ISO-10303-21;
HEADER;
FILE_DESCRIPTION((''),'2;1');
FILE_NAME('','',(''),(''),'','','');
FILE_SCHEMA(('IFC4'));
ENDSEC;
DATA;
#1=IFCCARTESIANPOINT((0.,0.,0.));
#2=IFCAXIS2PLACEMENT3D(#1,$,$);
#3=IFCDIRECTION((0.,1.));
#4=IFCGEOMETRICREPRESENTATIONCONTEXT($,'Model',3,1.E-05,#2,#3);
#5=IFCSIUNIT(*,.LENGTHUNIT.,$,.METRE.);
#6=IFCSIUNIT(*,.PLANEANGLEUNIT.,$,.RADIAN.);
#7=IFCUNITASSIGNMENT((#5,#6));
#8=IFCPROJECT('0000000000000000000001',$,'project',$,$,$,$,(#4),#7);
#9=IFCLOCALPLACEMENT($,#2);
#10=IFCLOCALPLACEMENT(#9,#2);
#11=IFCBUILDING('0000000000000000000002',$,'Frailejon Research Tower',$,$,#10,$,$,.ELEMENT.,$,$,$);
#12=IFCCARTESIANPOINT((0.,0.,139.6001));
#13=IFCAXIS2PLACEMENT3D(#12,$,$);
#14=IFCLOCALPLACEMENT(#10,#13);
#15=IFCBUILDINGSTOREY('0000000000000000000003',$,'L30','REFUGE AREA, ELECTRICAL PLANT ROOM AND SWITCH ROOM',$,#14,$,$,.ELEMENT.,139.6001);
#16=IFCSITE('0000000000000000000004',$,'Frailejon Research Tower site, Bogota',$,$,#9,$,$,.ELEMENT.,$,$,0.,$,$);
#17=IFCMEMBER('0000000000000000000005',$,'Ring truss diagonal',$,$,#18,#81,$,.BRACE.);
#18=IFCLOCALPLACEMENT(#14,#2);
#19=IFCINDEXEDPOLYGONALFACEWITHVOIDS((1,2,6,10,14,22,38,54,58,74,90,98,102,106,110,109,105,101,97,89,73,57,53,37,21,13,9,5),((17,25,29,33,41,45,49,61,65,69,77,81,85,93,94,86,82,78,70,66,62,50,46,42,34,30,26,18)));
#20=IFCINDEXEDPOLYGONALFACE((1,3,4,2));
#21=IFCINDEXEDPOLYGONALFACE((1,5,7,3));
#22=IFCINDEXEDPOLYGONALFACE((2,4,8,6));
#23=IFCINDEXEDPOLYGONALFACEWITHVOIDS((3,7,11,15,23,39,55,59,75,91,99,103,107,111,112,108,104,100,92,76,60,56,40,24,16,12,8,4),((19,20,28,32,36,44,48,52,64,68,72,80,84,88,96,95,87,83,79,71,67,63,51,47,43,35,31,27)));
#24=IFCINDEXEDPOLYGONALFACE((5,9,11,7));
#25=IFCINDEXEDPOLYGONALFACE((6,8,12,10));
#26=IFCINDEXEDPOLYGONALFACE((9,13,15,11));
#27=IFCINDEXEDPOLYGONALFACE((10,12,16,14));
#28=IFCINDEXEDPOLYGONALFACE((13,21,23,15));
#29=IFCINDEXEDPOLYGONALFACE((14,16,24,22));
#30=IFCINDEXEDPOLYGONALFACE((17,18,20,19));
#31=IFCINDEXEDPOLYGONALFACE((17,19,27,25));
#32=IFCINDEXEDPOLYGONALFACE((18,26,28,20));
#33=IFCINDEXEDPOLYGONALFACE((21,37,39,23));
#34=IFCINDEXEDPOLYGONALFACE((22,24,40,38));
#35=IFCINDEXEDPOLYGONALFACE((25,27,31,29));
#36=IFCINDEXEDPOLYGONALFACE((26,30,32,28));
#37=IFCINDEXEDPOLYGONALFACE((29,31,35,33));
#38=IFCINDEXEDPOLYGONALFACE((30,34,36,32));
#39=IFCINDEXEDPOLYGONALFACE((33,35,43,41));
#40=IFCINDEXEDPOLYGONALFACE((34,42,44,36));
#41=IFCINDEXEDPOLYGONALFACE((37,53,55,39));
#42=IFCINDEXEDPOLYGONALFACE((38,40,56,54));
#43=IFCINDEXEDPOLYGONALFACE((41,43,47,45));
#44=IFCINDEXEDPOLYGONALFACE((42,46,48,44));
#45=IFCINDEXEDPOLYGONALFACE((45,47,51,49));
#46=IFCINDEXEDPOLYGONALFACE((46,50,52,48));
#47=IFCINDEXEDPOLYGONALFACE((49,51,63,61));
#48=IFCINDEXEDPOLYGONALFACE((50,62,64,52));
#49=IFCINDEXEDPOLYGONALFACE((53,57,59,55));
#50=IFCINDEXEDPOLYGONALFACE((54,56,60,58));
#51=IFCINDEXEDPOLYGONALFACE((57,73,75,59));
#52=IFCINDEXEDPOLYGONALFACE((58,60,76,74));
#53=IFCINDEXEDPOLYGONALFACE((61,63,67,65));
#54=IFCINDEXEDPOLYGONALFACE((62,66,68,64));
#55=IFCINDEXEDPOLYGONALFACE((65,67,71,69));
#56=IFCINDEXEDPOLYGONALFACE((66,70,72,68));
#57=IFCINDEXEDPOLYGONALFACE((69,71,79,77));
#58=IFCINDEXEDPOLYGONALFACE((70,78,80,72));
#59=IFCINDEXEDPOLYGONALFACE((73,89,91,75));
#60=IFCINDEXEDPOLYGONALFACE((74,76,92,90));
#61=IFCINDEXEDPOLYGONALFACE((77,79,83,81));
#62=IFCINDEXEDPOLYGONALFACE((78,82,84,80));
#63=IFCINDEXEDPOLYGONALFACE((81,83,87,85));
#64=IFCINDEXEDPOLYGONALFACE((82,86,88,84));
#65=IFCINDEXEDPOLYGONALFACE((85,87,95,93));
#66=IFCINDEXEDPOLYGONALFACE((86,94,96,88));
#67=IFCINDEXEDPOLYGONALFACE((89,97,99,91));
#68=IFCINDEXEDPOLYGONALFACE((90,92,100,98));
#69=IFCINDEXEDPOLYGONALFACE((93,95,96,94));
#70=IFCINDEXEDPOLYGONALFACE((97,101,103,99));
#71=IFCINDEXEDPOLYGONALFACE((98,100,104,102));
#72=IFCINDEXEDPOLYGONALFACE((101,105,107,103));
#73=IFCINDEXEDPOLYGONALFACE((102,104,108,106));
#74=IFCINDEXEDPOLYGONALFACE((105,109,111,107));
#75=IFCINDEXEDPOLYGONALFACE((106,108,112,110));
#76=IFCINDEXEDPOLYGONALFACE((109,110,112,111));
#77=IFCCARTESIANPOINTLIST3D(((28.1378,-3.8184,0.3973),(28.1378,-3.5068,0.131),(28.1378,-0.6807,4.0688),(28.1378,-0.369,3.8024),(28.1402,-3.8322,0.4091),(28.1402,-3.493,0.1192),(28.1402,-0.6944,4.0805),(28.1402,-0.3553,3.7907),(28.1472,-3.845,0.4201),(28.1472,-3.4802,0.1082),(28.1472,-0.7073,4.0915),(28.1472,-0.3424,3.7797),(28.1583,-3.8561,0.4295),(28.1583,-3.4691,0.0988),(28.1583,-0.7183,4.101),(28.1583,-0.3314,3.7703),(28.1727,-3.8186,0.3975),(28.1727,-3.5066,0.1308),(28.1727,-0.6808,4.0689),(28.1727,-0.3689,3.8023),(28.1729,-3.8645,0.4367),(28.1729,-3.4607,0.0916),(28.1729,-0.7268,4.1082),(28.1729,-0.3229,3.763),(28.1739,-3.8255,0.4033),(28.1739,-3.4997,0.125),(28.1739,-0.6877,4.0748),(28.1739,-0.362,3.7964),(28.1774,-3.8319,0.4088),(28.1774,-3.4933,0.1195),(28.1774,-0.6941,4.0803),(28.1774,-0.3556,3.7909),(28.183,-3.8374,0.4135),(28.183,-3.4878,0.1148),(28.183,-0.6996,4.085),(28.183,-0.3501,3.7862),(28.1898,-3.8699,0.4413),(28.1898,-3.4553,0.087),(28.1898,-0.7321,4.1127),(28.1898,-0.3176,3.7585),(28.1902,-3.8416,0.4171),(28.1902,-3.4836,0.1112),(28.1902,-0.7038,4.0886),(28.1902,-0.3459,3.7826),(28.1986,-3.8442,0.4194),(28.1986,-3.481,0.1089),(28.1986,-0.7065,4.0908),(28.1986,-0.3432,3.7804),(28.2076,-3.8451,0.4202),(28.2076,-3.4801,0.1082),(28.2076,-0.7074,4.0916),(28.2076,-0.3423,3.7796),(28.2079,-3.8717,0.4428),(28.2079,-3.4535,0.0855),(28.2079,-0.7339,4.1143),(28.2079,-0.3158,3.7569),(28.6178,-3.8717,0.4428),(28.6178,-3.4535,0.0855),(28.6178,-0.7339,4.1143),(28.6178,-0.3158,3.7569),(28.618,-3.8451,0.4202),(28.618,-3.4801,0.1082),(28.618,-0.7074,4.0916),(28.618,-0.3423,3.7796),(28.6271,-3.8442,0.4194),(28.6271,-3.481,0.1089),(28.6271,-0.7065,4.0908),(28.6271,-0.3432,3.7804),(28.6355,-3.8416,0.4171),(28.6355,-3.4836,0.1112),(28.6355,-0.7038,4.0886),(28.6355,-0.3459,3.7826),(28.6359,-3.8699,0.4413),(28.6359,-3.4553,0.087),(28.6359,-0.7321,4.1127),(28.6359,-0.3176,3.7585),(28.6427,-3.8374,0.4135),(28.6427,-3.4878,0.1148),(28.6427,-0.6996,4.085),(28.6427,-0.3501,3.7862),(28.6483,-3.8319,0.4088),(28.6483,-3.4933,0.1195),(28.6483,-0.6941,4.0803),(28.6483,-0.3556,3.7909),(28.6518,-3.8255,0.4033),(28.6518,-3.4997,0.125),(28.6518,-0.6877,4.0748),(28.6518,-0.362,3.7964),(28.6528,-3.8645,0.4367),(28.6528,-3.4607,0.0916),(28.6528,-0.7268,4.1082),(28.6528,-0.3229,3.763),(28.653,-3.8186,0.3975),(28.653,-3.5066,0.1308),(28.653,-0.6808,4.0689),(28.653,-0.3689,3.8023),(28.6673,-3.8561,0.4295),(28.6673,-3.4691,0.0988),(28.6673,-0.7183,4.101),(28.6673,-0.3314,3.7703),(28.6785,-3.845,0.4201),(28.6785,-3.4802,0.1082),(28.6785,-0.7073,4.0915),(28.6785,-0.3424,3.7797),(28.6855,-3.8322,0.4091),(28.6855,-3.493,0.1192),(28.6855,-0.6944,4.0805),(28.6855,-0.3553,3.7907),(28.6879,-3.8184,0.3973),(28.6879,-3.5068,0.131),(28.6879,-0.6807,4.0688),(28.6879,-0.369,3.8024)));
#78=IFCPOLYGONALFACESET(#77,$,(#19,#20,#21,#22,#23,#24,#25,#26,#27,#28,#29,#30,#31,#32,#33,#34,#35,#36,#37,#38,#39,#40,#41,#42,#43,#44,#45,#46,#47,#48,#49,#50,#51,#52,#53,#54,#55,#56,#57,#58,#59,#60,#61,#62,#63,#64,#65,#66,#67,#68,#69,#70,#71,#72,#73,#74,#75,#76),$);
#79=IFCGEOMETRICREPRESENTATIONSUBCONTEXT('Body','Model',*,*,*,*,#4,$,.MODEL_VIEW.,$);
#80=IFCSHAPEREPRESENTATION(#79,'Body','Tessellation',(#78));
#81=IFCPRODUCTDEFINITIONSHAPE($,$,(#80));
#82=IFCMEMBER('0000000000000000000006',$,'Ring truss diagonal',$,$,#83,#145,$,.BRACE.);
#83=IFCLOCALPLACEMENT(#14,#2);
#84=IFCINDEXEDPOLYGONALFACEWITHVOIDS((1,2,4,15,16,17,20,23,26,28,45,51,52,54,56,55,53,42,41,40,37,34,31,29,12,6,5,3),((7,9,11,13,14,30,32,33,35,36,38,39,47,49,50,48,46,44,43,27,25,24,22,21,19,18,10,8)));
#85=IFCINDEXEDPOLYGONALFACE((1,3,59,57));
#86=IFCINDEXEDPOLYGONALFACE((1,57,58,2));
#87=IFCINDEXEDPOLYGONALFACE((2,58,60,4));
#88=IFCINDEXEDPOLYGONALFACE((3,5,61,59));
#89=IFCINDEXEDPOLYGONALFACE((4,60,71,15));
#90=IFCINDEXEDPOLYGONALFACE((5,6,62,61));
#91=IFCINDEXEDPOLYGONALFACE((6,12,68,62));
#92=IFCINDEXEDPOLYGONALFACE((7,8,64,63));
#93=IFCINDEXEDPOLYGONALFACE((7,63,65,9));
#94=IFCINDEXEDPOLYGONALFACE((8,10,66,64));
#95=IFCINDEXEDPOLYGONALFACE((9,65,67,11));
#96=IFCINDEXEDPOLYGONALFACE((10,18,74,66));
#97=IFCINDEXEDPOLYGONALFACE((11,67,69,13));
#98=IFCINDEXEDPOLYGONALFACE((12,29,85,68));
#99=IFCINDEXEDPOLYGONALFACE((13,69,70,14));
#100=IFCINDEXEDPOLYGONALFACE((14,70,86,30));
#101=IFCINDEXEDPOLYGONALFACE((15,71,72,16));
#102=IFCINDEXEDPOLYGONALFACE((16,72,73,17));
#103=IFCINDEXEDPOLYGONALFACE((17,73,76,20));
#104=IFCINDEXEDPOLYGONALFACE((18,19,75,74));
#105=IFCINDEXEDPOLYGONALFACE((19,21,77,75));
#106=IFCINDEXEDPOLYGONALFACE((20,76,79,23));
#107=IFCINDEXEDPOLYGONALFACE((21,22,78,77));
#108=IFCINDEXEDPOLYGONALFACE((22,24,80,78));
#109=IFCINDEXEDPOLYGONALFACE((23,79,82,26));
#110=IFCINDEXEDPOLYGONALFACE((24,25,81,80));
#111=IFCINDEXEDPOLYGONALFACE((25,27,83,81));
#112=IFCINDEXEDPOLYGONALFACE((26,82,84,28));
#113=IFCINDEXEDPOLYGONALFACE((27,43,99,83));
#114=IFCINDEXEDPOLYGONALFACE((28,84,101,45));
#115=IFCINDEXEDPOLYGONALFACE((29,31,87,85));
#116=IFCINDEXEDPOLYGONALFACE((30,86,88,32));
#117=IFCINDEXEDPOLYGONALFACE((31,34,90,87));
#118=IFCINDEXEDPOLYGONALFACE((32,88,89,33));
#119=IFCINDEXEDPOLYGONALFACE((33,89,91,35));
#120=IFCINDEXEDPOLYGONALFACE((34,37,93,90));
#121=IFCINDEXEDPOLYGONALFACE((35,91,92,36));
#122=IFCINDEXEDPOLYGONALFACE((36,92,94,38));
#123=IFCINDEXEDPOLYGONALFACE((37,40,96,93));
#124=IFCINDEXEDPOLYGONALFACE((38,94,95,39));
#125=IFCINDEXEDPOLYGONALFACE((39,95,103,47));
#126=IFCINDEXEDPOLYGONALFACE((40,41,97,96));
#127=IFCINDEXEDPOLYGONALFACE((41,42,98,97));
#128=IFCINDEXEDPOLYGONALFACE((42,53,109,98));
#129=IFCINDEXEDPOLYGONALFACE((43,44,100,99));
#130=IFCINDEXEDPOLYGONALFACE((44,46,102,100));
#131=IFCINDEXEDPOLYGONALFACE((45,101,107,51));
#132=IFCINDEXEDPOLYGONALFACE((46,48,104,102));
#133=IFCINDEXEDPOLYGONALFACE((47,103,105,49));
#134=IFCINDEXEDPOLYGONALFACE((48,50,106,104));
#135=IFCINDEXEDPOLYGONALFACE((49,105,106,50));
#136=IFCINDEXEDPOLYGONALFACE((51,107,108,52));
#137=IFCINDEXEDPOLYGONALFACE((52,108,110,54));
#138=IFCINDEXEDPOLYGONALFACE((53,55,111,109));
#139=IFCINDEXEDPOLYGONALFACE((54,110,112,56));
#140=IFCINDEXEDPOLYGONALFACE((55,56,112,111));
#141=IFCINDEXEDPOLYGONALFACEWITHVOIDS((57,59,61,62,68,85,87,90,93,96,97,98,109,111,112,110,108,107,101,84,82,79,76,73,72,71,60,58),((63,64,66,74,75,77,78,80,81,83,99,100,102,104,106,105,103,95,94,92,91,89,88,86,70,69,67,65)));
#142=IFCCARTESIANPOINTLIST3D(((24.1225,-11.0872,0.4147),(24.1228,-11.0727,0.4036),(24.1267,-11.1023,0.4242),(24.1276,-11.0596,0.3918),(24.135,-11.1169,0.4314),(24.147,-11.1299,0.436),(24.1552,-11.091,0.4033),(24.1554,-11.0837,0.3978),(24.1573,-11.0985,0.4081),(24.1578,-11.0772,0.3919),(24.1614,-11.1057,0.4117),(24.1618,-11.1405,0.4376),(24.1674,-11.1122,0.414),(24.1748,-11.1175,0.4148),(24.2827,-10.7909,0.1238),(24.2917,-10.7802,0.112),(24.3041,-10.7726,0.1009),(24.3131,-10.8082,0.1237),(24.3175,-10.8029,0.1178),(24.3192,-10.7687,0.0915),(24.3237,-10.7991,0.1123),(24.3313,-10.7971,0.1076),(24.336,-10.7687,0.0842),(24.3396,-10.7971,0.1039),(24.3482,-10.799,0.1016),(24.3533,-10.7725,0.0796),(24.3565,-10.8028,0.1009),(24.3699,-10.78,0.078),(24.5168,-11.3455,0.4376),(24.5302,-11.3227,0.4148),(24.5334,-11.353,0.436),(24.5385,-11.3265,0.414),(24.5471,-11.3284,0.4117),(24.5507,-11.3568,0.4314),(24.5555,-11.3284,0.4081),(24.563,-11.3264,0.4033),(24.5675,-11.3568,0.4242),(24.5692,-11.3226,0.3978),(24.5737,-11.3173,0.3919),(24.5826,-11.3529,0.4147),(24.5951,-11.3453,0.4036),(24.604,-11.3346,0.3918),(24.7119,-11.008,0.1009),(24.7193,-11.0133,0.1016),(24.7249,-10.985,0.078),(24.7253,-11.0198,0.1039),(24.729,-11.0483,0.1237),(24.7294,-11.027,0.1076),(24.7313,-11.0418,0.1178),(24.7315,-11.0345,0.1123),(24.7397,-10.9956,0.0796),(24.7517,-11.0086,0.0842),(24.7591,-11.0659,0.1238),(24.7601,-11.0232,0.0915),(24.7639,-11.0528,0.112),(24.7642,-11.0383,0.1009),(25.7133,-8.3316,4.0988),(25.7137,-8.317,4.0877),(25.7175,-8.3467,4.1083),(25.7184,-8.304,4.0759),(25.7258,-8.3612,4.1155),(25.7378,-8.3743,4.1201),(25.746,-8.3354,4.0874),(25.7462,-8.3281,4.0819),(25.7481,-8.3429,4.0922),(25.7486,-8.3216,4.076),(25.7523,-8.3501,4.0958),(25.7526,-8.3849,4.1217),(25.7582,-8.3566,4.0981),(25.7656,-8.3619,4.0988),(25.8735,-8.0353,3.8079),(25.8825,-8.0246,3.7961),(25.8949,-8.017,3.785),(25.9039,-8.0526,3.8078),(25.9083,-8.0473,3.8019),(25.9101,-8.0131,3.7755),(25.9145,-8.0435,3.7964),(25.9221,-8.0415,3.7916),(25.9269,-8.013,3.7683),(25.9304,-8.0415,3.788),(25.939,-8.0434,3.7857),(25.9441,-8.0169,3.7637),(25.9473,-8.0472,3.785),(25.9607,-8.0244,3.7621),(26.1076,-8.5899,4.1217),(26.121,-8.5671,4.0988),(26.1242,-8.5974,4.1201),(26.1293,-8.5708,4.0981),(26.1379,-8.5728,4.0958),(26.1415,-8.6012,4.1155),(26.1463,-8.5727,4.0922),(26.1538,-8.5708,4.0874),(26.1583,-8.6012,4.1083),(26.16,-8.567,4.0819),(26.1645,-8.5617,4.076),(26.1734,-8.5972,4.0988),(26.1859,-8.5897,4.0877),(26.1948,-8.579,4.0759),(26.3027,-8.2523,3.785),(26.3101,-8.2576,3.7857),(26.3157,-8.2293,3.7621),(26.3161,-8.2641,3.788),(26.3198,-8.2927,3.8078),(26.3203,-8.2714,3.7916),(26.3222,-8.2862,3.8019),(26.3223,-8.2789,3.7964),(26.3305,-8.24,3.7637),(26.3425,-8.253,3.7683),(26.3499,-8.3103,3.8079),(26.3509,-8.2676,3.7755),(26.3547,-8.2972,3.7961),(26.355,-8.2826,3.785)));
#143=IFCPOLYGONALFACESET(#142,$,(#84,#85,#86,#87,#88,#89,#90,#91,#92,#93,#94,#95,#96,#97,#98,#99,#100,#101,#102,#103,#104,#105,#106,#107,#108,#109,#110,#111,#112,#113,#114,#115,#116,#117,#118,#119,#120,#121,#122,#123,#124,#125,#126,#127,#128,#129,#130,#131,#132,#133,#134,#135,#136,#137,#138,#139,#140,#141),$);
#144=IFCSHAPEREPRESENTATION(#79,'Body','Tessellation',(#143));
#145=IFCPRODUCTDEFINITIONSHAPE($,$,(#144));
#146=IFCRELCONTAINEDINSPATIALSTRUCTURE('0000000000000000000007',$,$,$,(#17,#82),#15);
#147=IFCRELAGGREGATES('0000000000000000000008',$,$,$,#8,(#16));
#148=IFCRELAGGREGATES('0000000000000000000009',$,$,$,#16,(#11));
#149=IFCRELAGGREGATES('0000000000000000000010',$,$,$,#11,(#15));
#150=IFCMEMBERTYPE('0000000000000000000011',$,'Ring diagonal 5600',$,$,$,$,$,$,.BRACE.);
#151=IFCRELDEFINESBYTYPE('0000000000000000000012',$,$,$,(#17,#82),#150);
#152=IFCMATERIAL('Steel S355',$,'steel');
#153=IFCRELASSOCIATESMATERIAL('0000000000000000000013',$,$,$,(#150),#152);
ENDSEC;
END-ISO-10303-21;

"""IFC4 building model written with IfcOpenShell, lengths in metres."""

from ifc_helpers import new_model, si_unit, direction, frame, origin, origin_2d, place, context, subcontext, project, spatial, hollow_rectangle, extrude, material, material_profile, profile_set, type_object, element, save


model = new_model("IFC4")

# Units and contexts
model_context = context("Model", 3, precision=1e-05, world=origin(), true_north=direction((0.0, 1.0)))
body_context = subcontext(model_context, "Body", "Model", "MODEL_VIEW")
ifc_project = project(units=[si_unit("LENGTHUNIT", "METRE"), si_unit("PLANEANGLEUNIT", "RADIAN")], contexts=[model_context])

# Site, building, storey
site_placement = place(None, origin())
site = spatial("IfcSite", under=ifc_project, at=site_placement, Name="Frailejon Research Tower site, Bogota", CompositionType="ELEMENT", RefElevation=0.0)
building_placement = place(site_placement, origin())
building = spatial("IfcBuilding", under=site, at=building_placement, Name="Frailejon Research Tower", CompositionType="ELEMENT")
storey_placement = place(building_placement, frame((0.0, 0.0, 139.6001)))
storey = spatial("IfcBuildingStorey", under=building, at=storey_placement, Name="L30", Description="REFUGE AREA, ELECTRICAL PLANT ROOM AND SWITCH ROOM", CompositionType="ELEMENT", Elevation=139.6001)

# Members
ifc_material_1 = material(Name="Steel S355", Category="steel")
ifc_material_profile_1 = material_profile(ifc_material_1, hollow_rectangle(XDim=0.55, YDim=0.55, WallThickness=0.0349, InnerFilletRadius=0.0349, OuterFilletRadius=0.0701, at=origin_2d()), Name="Ring diagonal 5600")
ifc_profile_set_1 = profile_set([ifc_material_profile_1], Name="Steel S355")
member_type = type_object("IfcMemberType", Name="Ring diagonal 5600", PredefinedType="BRACE", material=ifc_profile_set_1)
member_placement = place(storey_placement, frame((28.4128, -3.6626, 0.2642), z_axis=(0.0, 0.649692, 0.760198), x_axis=(-1.0, 0.0, 0.0)))
element("IfcMember", 1, at=member_placement, inside=storey, type_object=member_type, Name="Ring truss diagonal", PredefinedType="BRACE", context=body_context, shape_type="SweptSolid", body=[
    extrude(hollow_rectangle(XDim=0.55, YDim=0.55, WallThickness=0.0349, InnerFilletRadius=0.0349, OuterFilletRadius=0.0701, at=origin_2d()), origin(), (0.0, 0.0, 1.0), 4.8296),
])
for number, where, z_axis, x_axis, name in (
    (2, (24.4434, -11.0627, 0.2578), (0.326797, 0.566077, 0.756809), (-0.866044, 0.499968, 0.0), "Ring truss diagonal"),
):
    element("IfcMember", number, at=place(storey_placement, frame(where, z_axis=z_axis, x_axis=x_axis)), inside=storey, type_object=member_type, Name=name, PredefinedType="BRACE", context=body_context, shape_type="SweptSolid", body=[
        extrude(hollow_rectangle(XDim=0.55, YDim=0.55, WallThickness=0.0349, InnerFilletRadius=0.0349, OuterFilletRadius=0.0701, at=origin_2d()), origin(), (0.0, 0.0, 1.0), 4.8679),
    ])

save(model, "model.ifc")
